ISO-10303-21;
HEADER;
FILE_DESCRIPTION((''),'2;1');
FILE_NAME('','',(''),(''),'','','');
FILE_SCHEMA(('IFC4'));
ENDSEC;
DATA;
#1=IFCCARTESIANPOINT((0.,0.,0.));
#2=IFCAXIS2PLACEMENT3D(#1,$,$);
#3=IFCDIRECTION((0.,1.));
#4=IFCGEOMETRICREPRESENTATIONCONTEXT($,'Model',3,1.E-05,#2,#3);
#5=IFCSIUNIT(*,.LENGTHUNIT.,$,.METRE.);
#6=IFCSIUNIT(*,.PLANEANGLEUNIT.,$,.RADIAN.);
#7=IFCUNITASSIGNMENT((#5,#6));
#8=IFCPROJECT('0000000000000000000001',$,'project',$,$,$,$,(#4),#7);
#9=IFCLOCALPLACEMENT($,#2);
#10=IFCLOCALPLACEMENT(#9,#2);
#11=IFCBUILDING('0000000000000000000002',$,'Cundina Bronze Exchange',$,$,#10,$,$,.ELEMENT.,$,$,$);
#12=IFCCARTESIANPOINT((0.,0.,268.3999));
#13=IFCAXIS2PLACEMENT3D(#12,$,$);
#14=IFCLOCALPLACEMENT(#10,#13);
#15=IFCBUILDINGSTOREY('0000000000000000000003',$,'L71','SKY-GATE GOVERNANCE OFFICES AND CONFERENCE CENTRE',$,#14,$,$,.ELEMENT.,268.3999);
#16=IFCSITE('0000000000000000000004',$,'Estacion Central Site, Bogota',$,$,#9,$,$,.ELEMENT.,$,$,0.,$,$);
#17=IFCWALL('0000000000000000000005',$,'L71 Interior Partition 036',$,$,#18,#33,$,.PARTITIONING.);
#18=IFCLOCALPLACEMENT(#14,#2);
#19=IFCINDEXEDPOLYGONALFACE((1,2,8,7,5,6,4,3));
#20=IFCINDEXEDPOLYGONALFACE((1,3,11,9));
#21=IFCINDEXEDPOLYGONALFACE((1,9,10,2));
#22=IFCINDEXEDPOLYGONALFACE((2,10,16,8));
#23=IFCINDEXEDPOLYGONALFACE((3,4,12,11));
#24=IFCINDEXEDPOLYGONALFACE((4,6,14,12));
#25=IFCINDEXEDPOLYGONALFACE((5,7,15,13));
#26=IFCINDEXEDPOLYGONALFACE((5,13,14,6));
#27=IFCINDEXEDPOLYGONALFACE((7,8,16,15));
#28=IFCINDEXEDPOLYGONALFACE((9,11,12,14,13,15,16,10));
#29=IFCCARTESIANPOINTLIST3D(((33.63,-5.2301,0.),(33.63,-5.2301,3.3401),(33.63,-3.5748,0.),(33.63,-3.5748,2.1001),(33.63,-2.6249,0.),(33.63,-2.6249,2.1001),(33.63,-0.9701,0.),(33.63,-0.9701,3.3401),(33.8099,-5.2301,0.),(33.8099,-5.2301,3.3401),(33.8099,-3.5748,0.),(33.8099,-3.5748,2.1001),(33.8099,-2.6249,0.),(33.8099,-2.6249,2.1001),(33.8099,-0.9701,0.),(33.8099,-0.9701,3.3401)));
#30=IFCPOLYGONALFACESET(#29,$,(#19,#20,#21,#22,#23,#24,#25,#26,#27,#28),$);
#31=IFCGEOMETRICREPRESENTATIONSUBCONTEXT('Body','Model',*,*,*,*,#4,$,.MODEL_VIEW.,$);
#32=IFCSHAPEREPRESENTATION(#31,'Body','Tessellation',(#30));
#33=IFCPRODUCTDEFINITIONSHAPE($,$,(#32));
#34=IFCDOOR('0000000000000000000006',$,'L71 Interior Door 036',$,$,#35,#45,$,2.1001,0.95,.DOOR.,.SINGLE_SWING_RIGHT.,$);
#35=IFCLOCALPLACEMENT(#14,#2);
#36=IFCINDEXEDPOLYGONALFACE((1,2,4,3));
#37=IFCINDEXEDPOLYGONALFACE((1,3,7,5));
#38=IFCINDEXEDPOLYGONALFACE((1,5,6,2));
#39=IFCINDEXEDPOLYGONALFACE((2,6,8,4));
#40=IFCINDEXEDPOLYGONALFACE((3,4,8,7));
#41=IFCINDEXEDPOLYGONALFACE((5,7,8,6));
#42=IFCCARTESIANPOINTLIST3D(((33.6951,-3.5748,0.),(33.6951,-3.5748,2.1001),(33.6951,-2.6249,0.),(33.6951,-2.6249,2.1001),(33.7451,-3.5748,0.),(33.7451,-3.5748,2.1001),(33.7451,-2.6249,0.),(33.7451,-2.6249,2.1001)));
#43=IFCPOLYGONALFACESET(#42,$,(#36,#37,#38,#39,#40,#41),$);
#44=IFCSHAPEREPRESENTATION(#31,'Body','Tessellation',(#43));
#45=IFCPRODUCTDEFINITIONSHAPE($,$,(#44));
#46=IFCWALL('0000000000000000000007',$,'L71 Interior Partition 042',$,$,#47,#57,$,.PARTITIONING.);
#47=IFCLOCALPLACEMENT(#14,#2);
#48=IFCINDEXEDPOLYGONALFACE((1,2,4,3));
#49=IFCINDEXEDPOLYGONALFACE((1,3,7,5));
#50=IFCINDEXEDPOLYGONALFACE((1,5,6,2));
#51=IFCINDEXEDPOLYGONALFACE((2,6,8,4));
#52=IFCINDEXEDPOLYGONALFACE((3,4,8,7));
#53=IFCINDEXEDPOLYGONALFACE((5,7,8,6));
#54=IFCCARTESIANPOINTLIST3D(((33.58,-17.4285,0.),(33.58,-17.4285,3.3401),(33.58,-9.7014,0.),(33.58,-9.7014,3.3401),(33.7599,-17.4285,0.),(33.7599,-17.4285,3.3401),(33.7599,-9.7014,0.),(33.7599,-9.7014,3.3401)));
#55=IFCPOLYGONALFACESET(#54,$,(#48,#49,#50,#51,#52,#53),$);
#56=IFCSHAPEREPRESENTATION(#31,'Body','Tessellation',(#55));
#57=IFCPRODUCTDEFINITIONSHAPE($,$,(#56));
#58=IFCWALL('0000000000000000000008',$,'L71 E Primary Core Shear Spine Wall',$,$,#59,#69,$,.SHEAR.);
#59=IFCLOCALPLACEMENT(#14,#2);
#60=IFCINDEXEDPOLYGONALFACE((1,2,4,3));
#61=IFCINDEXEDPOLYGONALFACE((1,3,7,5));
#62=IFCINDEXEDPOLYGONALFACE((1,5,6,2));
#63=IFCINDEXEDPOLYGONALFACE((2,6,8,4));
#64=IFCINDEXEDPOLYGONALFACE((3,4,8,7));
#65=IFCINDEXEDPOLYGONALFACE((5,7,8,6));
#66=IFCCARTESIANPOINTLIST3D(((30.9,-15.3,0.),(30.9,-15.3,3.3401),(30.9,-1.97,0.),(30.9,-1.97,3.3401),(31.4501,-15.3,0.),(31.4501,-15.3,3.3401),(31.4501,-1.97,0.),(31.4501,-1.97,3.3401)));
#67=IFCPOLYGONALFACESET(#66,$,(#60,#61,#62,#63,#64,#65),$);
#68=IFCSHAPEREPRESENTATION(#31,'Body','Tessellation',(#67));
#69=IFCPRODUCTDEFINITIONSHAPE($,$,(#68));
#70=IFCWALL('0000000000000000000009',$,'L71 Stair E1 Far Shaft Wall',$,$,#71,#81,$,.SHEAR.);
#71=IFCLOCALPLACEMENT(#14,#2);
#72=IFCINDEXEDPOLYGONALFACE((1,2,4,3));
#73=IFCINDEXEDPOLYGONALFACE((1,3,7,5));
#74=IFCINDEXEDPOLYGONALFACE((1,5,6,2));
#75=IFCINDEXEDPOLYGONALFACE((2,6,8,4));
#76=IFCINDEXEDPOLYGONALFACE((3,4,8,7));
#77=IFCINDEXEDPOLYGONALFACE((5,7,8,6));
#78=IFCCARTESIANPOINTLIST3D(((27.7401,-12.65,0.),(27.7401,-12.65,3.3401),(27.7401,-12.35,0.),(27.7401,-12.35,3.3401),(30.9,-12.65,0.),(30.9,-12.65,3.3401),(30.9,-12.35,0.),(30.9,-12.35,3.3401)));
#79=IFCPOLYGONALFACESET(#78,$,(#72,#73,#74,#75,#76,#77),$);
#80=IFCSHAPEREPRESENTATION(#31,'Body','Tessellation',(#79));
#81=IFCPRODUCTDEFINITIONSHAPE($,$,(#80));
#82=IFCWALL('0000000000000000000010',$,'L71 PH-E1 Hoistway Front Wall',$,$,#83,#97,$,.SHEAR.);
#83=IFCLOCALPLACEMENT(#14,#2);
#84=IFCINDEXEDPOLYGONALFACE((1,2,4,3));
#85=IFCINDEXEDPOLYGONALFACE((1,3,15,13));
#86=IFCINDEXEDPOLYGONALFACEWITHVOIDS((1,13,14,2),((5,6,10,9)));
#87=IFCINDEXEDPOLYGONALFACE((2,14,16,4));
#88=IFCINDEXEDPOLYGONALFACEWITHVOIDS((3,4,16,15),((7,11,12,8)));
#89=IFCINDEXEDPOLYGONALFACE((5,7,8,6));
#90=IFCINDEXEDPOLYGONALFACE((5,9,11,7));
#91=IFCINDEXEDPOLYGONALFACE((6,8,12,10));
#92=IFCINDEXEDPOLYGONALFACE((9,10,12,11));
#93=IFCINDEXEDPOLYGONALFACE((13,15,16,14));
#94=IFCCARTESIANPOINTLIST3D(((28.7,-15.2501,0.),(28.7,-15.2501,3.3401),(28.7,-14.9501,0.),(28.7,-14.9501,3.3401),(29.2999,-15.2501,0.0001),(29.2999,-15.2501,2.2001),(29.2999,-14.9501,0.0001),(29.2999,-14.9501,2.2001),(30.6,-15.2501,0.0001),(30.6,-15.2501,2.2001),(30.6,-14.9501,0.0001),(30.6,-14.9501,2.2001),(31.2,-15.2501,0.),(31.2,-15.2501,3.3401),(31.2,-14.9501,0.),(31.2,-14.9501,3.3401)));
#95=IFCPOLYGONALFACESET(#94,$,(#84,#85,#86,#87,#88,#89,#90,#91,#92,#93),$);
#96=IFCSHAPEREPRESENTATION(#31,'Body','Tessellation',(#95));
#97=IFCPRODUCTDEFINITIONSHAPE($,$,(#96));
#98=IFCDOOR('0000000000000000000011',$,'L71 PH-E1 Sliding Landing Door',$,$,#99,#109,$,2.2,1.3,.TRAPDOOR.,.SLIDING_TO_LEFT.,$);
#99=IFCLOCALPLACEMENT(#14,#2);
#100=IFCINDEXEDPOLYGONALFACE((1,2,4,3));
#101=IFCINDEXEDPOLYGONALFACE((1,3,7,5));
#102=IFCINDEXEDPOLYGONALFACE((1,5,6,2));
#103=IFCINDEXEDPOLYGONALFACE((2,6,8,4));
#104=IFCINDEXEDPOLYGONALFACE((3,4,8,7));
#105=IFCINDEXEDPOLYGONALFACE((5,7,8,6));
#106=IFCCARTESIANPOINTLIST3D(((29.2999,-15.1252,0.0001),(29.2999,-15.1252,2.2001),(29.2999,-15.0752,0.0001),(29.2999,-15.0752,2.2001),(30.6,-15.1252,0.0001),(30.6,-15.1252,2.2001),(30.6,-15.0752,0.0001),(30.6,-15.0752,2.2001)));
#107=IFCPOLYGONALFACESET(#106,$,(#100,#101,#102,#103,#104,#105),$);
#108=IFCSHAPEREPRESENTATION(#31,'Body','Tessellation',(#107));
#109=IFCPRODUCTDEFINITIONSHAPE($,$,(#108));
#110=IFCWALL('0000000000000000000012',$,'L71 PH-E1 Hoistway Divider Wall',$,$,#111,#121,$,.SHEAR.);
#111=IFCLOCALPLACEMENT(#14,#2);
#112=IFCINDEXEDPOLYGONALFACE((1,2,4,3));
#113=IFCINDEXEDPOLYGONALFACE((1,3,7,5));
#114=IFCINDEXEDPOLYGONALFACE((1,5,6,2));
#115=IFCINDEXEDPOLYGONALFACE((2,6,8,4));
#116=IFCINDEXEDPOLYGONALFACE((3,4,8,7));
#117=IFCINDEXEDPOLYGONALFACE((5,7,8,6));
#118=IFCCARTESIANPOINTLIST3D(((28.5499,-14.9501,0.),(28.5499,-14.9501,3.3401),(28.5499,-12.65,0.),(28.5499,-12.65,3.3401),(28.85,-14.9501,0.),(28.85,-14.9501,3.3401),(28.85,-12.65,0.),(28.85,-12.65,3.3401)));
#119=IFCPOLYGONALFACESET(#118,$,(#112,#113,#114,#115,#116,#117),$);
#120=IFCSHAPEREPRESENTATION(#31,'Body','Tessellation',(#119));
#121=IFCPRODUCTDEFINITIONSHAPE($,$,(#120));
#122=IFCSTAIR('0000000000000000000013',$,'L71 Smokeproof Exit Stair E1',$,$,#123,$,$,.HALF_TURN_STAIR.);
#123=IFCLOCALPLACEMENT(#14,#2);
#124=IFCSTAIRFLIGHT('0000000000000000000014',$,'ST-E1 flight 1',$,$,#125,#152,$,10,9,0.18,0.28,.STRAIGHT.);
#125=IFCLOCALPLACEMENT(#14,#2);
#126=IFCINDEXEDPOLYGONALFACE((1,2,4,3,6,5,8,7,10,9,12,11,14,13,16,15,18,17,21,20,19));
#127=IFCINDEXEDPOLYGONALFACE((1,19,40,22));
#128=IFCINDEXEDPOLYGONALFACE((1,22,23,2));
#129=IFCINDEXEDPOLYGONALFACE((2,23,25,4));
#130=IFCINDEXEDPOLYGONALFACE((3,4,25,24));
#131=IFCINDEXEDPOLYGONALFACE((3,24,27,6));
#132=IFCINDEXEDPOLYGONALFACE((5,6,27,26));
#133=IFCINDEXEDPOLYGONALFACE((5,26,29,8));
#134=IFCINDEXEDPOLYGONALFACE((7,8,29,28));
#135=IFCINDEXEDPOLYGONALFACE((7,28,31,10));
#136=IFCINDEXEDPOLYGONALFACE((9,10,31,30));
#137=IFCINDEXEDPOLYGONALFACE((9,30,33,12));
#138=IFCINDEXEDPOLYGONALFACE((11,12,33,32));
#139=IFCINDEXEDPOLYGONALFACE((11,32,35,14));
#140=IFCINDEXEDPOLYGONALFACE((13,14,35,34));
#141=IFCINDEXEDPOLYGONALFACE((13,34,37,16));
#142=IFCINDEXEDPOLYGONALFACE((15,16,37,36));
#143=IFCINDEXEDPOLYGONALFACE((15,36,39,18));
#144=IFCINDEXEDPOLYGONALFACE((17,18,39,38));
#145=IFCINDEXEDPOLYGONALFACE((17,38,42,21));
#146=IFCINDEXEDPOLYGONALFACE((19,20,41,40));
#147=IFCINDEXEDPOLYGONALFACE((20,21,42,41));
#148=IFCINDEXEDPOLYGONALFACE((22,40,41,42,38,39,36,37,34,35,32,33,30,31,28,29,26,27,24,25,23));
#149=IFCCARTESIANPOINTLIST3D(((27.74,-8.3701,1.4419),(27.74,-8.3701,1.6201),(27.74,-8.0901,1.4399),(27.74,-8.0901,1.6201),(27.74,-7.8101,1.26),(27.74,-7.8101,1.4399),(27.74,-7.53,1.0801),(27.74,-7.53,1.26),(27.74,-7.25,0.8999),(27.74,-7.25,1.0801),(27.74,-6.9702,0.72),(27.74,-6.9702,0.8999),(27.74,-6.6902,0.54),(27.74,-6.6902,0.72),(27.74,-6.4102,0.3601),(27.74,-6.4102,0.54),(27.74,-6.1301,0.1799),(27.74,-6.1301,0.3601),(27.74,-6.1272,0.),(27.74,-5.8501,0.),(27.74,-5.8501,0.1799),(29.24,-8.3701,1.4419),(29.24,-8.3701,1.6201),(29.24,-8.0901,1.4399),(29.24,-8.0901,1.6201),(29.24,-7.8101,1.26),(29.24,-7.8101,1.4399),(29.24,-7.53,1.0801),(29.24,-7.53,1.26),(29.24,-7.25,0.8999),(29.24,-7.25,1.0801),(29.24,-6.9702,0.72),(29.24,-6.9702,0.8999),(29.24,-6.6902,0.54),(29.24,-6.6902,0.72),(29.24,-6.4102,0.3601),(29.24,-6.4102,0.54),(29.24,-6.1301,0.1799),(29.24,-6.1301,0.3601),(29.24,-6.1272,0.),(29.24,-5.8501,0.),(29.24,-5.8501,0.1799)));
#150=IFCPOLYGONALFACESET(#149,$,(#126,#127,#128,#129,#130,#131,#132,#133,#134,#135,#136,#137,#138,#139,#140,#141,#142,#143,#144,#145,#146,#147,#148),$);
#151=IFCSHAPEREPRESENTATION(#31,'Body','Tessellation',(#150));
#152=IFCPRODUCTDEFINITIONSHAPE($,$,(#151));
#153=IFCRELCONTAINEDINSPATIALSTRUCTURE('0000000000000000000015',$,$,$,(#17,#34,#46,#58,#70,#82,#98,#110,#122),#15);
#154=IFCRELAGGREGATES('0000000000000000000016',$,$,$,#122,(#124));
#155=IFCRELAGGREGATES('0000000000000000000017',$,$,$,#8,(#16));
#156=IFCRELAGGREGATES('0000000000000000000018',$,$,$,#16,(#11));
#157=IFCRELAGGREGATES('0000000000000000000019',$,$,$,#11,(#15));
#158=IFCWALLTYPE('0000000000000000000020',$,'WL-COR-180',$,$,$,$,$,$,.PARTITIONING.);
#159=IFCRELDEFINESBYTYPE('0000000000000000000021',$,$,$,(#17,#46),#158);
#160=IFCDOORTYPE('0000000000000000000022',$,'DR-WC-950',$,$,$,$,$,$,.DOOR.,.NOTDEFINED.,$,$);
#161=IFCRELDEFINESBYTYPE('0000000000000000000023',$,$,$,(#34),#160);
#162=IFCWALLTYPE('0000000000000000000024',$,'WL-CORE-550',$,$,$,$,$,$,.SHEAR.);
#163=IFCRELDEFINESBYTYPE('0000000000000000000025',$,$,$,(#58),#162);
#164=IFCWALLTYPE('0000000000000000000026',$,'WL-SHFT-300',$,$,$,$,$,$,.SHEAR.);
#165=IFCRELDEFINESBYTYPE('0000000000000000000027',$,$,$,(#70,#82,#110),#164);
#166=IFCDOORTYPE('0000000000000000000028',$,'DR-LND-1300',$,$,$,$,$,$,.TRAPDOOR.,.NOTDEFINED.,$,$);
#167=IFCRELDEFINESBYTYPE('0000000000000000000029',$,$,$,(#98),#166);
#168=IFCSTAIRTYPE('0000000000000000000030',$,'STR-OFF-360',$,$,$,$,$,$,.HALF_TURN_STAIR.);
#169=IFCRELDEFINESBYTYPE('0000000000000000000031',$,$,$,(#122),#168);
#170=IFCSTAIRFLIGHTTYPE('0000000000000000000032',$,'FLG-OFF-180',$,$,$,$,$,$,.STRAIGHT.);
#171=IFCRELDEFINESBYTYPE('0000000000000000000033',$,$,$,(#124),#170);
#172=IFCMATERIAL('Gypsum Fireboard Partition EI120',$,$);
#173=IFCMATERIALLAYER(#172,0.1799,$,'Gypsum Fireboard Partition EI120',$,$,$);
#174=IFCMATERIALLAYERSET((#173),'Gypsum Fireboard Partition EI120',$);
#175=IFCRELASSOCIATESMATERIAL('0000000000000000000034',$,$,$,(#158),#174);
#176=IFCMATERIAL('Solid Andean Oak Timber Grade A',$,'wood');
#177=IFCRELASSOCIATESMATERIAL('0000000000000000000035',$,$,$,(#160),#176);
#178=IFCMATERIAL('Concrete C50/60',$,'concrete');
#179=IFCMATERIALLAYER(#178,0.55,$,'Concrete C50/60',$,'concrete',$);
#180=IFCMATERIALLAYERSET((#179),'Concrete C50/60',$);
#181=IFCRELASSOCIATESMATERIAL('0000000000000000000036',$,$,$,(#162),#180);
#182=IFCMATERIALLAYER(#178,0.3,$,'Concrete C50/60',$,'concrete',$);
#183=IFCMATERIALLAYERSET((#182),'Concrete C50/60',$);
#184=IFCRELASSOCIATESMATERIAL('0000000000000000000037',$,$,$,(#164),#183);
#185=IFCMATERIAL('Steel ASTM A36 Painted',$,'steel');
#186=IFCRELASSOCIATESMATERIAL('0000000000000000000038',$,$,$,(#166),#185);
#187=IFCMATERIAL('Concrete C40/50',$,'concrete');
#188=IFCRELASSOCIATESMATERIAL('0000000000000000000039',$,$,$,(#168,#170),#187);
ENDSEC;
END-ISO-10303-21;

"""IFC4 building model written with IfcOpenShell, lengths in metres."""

from ifc_helpers import new_model, si_unit, direction, frame, frame_2d, origin, place, context, subcontext, project, spatial, polyline, rectangle, outline, extrude, material, layer, layer_set, type_object, element, fill, aggregate, save


model = new_model("IFC4")

# Units and contexts
model_context = context("Model", 3, precision=1e-05, world=origin(), true_north=direction((0.0, 1.0)))
body_context = subcontext(model_context, "Body", "Model", "MODEL_VIEW")
ifc_project = project(units=[si_unit("LENGTHUNIT", "METRE"), si_unit("PLANEANGLEUNIT", "RADIAN")], contexts=[model_context])

# Site, building, storey
site_placement = place(None, origin())
site = spatial("IfcSite", under=ifc_project, at=site_placement, Name="Estacion Central Site, Bogota", CompositionType="ELEMENT", RefElevation=0.0)
building_placement = place(site_placement, origin())
building = spatial("IfcBuilding", under=site, at=building_placement, Name="Cundina Bronze Exchange", CompositionType="ELEMENT")
storey_placement = place(building_placement, frame((0.0, 0.0, 268.3999)))
storey = spatial("IfcBuildingStorey", under=building, at=storey_placement, Name="L71", Description="SKY-GATE GOVERNANCE OFFICES AND CONFERENCE CENTRE", CompositionType="ELEMENT", Elevation=268.3999)

# Shared definitions
ifc_material_1 = material(Name="Concrete C50/60", Category="concrete")

# Wall, opening, door
ifc_material_2 = material(Name="Gypsum Fireboard Partition EI120")
ifc_layer_1 = layer(ifc_material_2, 0.1799, Name="Gypsum Fireboard Partition EI120")
ifc_layer_set_1 = layer_set([ifc_layer_1], Name="Gypsum Fireboard Partition EI120")
wall_type_1 = type_object("IfcWallType", Name="WL-COR-180", PredefinedType="PARTITIONING", material=ifc_layer_set_1)
wall_1_placement = place(storey_placement, frame((33.72, -5.23, 0.0), z_axis=(0.0, 0.0, 1.0), x_axis=(0.0, 1.0, 0.0)))
wall_1 = element("IfcWall", 1, at=wall_1_placement, inside=storey, type_object=wall_type_1, Name="L71 Interior Partition 036", PredefinedType="PARTITIONING", context=body_context, shape_type="SweptSolid", body=[
    extrude(rectangle(XDim=4.26, YDim=0.1799, at=frame_2d((2.1299, 0.0))), origin(), (0.0, 0.0, 1.0), 3.3401),
])
opening_1_placement = place(wall_1_placement, frame((1.655, 0.0, 0.0)))
opening_1 = element("IfcOpeningElement", 2, at=opening_1_placement, cuts=wall_1, PredefinedType="OPENING", context=body_context, shape_type="SweptSolid", body=[
    extrude(rectangle(XDim=0.95, YDim=2.1001, at=frame_2d((0.4751, 1.05))), frame((0.0, 0.0999, 0.0), z_axis=(0.0, -1.0, 0.0), x_axis=(1.0, 0.0, 0.0)), (0.0, 0.0, 1.0), 0.2),
])
ifc_material_3 = material(Name="Solid Andean Oak Timber Grade A", Category="wood")
door_type_1 = type_object("IfcDoorType", Name="DR-WC-950", OperationType="NOTDEFINED", PredefinedType="DOOR", material=ifc_material_3)
door_1_placement = place(opening_1_placement, origin())
door_1 = element("IfcDoor", 3, at=door_1_placement, inside=storey, type_object=door_type_1, Name="L71 Interior Door 036", OperationType="SINGLE_SWING_RIGHT", OverallHeight=2.1001, OverallWidth=0.95, PredefinedType="DOOR", context=body_context, shape_type="SweptSolid", body=[
    extrude(rectangle(XDim=0.95, YDim=2.1001, at=frame_2d((0.4751, 1.05))), frame((0.0, 0.0249, 0.0), z_axis=(0.0, -1.0, 0.0), x_axis=(1.0, 0.0, 0.0)), (0.0, 0.0, 1.0), 0.05),
])
fill(opening_1, door_1)

# Walls
wall_2_placement = place(storey_placement, frame((33.6699, -17.4285, 0.0), z_axis=(0.0, 0.0, 1.0), x_axis=(0.0, 1.0, 0.0)))
element("IfcWall", 4, at=wall_2_placement, inside=storey, type_object=wall_type_1, Name="L71 Interior Partition 042", PredefinedType="PARTITIONING", context=body_context, shape_type="SweptSolid", body=[
    extrude(rectangle(XDim=7.7271, YDim=0.1799, at=frame_2d((3.8635, 0.0))), origin(), (0.0, 0.0, 1.0), 3.3401),
])
ifc_layer_2 = layer(ifc_material_1, 0.55, Name="Concrete C50/60", Category="concrete")
ifc_layer_set_2 = layer_set([ifc_layer_2], Name="Concrete C50/60")
wall_type_2 = type_object("IfcWallType", Name="WL-CORE-550", PredefinedType="SHEAR", material=ifc_layer_set_2)
wall_3_placement = place(storey_placement, frame((31.175, -15.3, 0.0), z_axis=(0.0, 0.0, 1.0), x_axis=(0.0, 1.0, 0.0)))
element("IfcWall", 5, at=wall_3_placement, inside=storey, type_object=wall_type_2, Name="L71 E Primary Core Shear Spine Wall", PredefinedType="SHEAR", context=body_context, shape_type="SweptSolid", body=[
    extrude(rectangle(XDim=13.3301, YDim=0.55, at=frame_2d((6.665, 0.0))), origin(), (0.0, 0.0, 1.0), 3.3401),
])
ifc_layer_3 = layer(ifc_material_1, 0.3, Name="Concrete C50/60", Category="concrete")
ifc_layer_set_3 = layer_set([ifc_layer_3], Name="Concrete C50/60")
wall_type_3 = type_object("IfcWallType", Name="WL-SHFT-300", PredefinedType="SHEAR", material=ifc_layer_set_3)
wall_4_placement = place(storey_placement, frame((27.74, -12.5, 0.0), z_axis=(0.0, 0.0, 1.0), x_axis=(1.0, 0.0, 0.0)))
element("IfcWall", 6, at=wall_4_placement, inside=storey, type_object=wall_type_3, Name="L71 Stair E1 Far Shaft Wall", PredefinedType="SHEAR", context=body_context, shape_type="SweptSolid", body=[
    extrude(rectangle(XDim=3.1599, YDim=0.3, at=frame_2d((1.5801, 0.0))), origin(), (0.0, 0.0, 1.0), 3.3401),
])

# Wall, opening, door
wall_5_placement = place(storey_placement, frame((28.7, -15.1001, 0.0), z_axis=(0.0, 0.0, 1.0), x_axis=(1.0, 0.0, 0.0)))
wall_5 = element("IfcWall", 7, at=wall_5_placement, inside=storey, type_object=wall_type_3, Name="L71 PH-E1 Hoistway Front Wall", PredefinedType="SHEAR", context=body_context, shape_type="SweptSolid", body=[
    extrude(rectangle(XDim=2.5, YDim=0.3, at=frame_2d((1.25, 0.0))), origin(), (0.0, 0.0, 1.0), 3.3401),
])
opening_2_placement = place(wall_5_placement, frame((0.6001, 0.0, 0.0)))
opening_2 = element("IfcOpeningElement", 8, at=opening_2_placement, cuts=wall_5, PredefinedType="OPENING", context=body_context, shape_type="SweptSolid", body=[
    extrude(rectangle(XDim=1.3, YDim=2.2, at=frame_2d((0.6499, 1.1001))), frame((0.0, 0.1599, 0.0), z_axis=(0.0, -1.0, 0.0), x_axis=(1.0, 0.0, 0.0)), (0.0, 0.0, 1.0), 0.3201),
])
ifc_material_4 = material(Name="Steel ASTM A36 Painted", Category="steel")
door_type_2 = type_object("IfcDoorType", Name="DR-LND-1300", OperationType="NOTDEFINED", PredefinedType="TRAPDOOR", material=ifc_material_4)
door_2_placement = place(opening_2_placement, origin())
door_2 = element("IfcDoor", 9, at=door_2_placement, inside=storey, type_object=door_type_2, Name="L71 PH-E1 Sliding Landing Door", OperationType="SLIDING_TO_LEFT", OverallHeight=2.2, OverallWidth=1.3, PredefinedType="TRAPDOOR", context=body_context, shape_type="SweptSolid", body=[
    extrude(rectangle(XDim=1.3, YDim=2.2, at=frame_2d((0.6499, 1.1001))), frame((0.0, 0.0249, 0.0), z_axis=(0.0, -1.0, 0.0), x_axis=(1.0, 0.0, 0.0)), (0.0, 0.0, 1.0), 0.05),
])
fill(opening_2, door_2)

# Wall
wall_6_placement = place(storey_placement, frame((28.7, -14.95, 0.0), z_axis=(0.0, 0.0, 1.0), x_axis=(0.0, 1.0, 0.0)))
element("IfcWall", 10, at=wall_6_placement, inside=storey, type_object=wall_type_3, Name="L71 PH-E1 Hoistway Divider Wall", PredefinedType="SHEAR", context=body_context, shape_type="SweptSolid", body=[
    extrude(rectangle(XDim=2.3, YDim=0.3, at=frame_2d((1.1499, 0.0))), origin(), (0.0, 0.0, 1.0), 3.3401),
])

# Stair, stair flight
ifc_material_5 = material(Name="Concrete C40/50", Category="concrete")
stair_type = type_object("IfcStairType", Name="STR-OFF-360", PredefinedType="HALF_TURN_STAIR", material=ifc_material_5)
stair_placement = place(storey_placement, origin())
stair = element("IfcStair", 11, at=stair_placement, inside=storey, type_object=stair_type, Name="L71 Smokeproof Exit Stair E1", PredefinedType="HALF_TURN_STAIR")
stair_flight_type = type_object("IfcStairFlightType", Name="FLG-OFF-180", PredefinedType="STRAIGHT", material=ifc_material_5)
stair_flight_1_placement = place(storey_placement, frame((28.49, -5.8501, 0.0), z_axis=(0.0, 0.0, 1.0), x_axis=(0.0, -1.0, 0.0)))
stair_flight_1 = element("IfcStairFlight", 12, at=stair_flight_1_placement, type_object=stair_flight_type, Name="ST-E1 flight 1", NumberOfRisers=10, NumberOfTreads=9, PredefinedType="STRAIGHT", RiserHeight=0.18, TreadLength=0.28, context=body_context, shape_type="SweptSolid", body=[
    extrude(outline(polyline([(0.0, 0.0), (0.0, 0.1799), (0.28, 0.1799), (0.28, 0.3601), (0.5601, 0.3601), (0.5601, 0.54), (0.8401, 0.54), (0.8401, 0.72), (1.1201, 0.72), (1.1201, 0.8999), (1.3999, 0.8999), (1.3999, 1.0801), (1.6799, 1.0801), (1.6799, 1.26), (1.96, 1.26), (1.96, 1.4399), (2.24, 1.4399), (2.24, 1.6201), (2.52, 1.6201), (2.52, 1.8), (2.52, 1.4419), (0.2771, 0.0), (0.0, 0.0)])), frame((0.0, 0.75, 0.0), z_axis=(0.0, -1.0, 0.0), x_axis=(1.0, 0.0, 0.0)), (0.0, 0.0, 1.0), 1.5),
])
aggregate(stair, [stair_flight_1])

save(model, "model.ifc")
